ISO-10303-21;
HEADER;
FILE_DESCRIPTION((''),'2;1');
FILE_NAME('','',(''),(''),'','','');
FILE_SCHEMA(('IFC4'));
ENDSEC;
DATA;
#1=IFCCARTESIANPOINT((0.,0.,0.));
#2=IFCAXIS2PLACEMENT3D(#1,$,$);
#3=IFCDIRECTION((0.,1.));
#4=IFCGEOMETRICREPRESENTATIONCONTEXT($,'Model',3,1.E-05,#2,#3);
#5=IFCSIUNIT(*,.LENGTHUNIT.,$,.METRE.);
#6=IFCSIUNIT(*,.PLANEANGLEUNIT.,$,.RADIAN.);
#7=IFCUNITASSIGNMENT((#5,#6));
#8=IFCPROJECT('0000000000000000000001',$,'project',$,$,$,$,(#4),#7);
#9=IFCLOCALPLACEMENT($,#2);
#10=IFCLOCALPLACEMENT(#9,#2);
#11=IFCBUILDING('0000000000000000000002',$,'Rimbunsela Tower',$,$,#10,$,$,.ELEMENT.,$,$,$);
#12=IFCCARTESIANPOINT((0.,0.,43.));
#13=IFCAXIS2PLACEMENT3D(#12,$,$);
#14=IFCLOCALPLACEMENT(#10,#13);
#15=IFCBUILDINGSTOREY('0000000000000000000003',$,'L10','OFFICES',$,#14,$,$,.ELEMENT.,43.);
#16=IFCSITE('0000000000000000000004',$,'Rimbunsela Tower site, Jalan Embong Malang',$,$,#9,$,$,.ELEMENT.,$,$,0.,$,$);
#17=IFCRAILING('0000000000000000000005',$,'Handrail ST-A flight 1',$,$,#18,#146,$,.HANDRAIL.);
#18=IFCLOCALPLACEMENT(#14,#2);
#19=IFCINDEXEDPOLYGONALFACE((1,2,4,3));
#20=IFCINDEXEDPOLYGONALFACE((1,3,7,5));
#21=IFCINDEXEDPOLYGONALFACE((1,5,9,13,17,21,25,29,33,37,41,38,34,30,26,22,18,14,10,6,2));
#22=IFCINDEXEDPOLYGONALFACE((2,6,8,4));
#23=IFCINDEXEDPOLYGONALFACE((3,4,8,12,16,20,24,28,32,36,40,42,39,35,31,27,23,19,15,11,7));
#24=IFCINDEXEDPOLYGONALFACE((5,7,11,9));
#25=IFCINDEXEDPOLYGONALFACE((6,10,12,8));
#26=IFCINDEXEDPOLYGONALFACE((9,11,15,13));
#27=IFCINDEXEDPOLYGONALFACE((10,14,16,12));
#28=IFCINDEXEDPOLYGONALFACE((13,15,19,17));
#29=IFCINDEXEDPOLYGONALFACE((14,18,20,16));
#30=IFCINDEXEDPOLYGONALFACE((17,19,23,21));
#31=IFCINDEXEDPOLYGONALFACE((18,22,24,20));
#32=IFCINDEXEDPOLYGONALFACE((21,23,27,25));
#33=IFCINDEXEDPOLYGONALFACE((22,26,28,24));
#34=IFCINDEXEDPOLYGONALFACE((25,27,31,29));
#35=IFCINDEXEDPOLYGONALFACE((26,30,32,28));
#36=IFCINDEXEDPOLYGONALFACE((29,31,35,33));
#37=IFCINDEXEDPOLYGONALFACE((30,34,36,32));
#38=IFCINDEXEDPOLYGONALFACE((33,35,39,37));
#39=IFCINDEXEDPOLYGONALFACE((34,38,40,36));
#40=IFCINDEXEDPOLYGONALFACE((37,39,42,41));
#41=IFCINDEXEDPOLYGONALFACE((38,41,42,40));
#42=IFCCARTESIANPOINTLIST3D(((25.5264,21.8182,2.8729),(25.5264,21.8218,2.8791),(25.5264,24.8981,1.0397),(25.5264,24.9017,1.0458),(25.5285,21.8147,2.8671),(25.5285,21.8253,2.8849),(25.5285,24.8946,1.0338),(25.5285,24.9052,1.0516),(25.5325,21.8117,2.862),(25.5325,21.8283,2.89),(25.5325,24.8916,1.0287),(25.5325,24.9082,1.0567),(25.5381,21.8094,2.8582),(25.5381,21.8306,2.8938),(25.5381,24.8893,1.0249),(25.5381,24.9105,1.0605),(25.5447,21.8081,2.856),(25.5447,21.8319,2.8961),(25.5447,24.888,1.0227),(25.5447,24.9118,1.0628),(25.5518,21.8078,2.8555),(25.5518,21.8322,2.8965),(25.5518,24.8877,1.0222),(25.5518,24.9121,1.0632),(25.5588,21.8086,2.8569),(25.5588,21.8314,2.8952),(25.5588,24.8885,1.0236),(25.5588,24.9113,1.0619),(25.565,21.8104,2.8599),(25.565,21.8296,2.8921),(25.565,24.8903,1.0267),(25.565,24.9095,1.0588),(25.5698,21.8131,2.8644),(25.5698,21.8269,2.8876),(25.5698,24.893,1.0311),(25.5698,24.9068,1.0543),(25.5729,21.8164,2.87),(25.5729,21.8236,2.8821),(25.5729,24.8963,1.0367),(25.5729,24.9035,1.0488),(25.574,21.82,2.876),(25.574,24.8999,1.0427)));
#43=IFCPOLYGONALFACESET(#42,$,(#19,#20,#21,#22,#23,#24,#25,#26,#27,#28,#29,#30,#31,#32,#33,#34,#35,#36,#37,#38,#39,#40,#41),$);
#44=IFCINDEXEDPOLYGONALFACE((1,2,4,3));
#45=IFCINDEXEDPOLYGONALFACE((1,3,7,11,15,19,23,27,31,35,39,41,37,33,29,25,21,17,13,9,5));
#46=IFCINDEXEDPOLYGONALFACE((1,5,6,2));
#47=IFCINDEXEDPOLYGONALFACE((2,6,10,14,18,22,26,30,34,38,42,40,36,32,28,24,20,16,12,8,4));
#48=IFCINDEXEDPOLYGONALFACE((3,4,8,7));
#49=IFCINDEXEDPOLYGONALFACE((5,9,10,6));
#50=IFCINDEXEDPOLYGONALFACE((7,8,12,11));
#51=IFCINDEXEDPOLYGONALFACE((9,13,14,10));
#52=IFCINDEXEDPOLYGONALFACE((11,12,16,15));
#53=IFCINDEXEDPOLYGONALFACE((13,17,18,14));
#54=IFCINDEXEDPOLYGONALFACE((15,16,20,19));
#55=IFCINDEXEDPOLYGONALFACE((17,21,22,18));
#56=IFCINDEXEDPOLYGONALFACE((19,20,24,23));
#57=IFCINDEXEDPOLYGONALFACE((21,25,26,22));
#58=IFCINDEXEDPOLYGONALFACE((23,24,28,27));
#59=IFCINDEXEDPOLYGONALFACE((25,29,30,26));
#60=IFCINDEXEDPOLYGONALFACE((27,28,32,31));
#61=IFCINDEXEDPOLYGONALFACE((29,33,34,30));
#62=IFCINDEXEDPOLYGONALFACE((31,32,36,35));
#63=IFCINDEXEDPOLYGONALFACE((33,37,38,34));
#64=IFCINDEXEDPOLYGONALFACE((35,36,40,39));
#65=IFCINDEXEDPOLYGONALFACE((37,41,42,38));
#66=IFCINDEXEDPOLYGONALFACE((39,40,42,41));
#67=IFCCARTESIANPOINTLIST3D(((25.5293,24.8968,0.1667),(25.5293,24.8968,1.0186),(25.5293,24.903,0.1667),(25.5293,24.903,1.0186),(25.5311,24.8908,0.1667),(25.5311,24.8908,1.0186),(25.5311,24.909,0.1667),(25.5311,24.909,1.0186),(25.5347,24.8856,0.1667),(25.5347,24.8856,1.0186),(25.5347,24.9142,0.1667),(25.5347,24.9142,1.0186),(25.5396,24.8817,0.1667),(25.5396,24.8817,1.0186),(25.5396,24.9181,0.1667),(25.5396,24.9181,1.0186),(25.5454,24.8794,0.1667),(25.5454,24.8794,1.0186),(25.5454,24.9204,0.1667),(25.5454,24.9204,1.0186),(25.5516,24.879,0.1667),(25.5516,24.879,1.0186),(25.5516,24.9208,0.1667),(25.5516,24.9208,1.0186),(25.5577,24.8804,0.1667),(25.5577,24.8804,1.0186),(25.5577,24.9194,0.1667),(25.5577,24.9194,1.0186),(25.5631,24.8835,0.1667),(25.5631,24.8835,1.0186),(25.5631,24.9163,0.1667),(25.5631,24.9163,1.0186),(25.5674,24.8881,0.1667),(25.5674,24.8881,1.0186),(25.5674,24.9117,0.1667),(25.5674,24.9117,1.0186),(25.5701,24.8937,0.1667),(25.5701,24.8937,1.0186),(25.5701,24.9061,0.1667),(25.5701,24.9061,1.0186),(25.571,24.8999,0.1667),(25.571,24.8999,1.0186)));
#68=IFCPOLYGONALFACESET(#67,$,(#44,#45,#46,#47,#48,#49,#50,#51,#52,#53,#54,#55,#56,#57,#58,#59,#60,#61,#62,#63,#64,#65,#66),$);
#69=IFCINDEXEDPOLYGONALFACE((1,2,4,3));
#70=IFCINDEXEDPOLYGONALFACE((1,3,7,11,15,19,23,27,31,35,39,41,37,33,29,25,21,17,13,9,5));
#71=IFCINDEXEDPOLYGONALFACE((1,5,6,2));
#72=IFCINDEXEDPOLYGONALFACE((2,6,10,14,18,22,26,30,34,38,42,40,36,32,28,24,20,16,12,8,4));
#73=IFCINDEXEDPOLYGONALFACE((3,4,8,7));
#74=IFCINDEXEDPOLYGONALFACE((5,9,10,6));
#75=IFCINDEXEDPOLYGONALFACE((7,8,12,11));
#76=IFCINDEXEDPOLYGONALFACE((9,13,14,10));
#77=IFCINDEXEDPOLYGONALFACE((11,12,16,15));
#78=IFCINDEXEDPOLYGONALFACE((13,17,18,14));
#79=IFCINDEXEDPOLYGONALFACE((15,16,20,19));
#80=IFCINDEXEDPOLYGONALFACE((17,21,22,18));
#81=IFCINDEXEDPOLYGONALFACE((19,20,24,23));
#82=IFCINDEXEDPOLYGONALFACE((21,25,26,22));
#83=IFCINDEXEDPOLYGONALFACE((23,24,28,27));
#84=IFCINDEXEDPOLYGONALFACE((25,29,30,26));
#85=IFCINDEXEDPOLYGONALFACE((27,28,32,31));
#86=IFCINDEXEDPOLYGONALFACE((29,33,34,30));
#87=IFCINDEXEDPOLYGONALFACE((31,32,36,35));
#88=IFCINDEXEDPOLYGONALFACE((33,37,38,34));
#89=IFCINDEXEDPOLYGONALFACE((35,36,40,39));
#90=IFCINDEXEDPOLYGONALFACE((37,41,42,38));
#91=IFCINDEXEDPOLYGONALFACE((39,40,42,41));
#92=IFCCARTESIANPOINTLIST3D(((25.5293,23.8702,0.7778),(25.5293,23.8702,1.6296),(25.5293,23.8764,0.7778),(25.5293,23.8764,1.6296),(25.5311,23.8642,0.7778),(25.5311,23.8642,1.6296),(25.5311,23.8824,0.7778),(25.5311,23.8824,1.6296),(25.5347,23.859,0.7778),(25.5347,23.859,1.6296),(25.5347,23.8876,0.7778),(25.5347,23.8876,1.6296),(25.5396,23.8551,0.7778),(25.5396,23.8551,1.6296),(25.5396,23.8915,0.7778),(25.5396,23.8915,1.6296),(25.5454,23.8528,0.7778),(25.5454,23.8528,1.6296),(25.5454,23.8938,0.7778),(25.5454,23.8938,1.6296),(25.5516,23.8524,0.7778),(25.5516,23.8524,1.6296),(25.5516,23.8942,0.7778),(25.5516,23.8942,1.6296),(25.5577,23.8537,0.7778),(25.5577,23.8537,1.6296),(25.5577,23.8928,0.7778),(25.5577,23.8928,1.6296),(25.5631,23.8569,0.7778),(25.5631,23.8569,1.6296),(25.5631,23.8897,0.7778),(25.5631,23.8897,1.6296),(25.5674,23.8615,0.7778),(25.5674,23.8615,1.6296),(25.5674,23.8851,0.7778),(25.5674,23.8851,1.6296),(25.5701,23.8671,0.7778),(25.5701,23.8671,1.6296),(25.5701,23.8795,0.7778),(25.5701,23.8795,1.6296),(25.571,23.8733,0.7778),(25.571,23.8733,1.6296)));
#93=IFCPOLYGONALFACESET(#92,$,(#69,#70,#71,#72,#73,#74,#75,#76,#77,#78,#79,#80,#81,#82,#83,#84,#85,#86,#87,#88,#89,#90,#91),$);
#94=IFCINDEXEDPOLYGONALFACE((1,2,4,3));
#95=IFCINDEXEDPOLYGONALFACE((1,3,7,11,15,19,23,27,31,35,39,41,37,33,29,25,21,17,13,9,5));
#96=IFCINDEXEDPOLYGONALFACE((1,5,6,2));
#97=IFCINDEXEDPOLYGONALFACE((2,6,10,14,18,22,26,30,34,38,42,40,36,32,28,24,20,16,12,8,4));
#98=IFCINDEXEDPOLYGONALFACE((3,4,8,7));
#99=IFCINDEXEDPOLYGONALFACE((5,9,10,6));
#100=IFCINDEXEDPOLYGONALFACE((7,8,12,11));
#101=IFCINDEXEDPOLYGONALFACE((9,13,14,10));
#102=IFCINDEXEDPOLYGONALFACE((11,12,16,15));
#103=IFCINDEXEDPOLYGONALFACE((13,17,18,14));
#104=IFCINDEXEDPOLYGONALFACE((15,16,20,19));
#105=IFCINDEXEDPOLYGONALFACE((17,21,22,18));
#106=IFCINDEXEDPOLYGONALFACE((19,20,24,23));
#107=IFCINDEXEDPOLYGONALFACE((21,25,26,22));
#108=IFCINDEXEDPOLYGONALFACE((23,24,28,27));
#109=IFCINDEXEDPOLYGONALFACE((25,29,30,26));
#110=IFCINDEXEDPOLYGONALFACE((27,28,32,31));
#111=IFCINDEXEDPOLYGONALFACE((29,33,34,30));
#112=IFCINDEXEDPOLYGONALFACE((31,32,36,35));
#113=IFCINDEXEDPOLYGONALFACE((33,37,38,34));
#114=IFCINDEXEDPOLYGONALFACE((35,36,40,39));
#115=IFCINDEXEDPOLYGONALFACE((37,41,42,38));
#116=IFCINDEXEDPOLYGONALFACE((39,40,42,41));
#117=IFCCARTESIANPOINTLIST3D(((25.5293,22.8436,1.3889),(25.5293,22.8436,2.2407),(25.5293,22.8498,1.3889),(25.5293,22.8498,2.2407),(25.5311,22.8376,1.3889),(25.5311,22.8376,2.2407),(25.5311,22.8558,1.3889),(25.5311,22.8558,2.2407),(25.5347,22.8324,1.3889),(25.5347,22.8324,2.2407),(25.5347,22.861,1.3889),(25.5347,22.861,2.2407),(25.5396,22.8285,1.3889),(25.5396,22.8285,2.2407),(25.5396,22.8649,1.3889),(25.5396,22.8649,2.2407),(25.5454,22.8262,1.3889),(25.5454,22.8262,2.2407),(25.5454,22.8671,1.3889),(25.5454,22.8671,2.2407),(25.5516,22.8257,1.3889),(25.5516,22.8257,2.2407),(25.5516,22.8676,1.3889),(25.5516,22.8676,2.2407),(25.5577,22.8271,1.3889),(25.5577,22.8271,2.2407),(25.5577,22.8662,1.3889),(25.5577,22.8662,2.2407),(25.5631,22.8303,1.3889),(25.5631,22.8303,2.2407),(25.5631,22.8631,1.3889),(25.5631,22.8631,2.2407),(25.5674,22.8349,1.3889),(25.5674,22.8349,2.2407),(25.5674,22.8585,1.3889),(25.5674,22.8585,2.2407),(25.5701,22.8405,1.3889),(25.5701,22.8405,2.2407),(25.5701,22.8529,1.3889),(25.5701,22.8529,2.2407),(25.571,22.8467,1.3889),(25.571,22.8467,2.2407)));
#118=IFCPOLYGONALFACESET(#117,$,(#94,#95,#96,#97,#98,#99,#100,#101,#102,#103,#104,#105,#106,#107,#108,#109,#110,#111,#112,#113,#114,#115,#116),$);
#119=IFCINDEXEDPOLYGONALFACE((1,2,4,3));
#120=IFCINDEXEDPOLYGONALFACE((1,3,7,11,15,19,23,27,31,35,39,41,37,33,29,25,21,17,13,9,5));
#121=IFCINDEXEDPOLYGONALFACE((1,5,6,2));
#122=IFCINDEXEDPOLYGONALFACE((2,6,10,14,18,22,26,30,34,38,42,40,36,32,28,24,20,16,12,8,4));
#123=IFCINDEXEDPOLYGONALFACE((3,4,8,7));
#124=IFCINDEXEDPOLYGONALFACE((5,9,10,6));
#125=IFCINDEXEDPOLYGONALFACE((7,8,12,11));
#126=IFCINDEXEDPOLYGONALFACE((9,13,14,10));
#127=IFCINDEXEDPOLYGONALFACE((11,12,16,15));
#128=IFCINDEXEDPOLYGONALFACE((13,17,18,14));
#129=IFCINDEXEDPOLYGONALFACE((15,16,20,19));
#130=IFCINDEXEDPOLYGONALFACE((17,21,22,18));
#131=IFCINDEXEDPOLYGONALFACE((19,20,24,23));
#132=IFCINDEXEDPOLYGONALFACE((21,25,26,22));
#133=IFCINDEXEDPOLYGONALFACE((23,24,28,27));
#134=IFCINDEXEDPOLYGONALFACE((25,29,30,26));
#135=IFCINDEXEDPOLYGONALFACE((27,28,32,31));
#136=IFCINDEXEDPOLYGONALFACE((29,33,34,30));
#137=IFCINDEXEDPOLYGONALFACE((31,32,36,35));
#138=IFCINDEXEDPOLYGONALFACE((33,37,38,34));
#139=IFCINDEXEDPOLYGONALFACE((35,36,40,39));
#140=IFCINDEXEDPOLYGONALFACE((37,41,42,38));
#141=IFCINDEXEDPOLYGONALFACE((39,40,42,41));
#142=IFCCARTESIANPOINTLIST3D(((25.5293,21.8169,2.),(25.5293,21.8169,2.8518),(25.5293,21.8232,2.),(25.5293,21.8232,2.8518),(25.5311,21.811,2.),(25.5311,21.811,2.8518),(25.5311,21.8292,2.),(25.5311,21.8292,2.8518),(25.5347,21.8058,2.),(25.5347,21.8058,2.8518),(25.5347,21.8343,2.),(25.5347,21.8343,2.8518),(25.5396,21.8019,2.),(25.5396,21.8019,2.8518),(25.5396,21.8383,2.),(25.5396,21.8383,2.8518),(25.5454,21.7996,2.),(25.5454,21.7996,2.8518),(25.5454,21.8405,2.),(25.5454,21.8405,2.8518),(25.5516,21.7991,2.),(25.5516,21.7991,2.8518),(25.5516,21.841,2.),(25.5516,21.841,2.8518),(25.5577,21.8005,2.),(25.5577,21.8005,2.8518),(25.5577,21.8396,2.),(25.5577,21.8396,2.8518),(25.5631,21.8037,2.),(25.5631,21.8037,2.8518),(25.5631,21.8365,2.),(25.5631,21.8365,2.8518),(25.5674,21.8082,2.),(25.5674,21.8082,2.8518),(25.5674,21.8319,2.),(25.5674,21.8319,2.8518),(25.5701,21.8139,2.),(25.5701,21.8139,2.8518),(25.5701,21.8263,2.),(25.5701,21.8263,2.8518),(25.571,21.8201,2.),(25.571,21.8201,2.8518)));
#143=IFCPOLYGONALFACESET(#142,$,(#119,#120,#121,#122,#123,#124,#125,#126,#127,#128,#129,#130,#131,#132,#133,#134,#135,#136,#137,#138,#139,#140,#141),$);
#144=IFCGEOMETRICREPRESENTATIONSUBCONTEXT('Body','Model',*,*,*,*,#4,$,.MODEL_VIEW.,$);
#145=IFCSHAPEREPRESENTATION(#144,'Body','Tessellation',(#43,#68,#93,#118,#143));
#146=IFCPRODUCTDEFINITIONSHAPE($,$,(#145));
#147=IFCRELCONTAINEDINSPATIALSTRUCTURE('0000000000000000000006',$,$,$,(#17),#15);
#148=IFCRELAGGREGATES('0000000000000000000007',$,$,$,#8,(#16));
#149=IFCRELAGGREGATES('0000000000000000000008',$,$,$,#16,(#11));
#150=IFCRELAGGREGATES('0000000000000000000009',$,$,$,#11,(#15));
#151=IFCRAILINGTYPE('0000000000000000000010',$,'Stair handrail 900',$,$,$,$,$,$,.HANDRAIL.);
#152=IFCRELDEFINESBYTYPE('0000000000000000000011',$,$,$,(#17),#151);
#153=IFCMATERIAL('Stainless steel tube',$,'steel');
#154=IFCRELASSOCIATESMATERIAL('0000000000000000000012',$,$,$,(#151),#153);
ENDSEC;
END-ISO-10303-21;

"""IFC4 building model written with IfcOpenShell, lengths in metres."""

from ifc_helpers import new_model, si_unit, direction, frame, origin, origin_2d, place, context, subcontext, project, spatial, circle, extrude, material, type_object, element, save


model = new_model("IFC4")

# Units and contexts
model_context = context("Model", 3, precision=1e-05, world=origin(), true_north=direction((0.0, 1.0)))
body_context = subcontext(model_context, "Body", "Model", "MODEL_VIEW")
ifc_project = project(units=[si_unit("LENGTHUNIT", "METRE"), si_unit("PLANEANGLEUNIT", "RADIAN")], contexts=[model_context])

# Site, building, storey
site_placement = place(None, origin())
site = spatial("IfcSite", under=ifc_project, at=site_placement, Name="Rimbunsela Tower site, Jalan Embong Malang", CompositionType="ELEMENT", RefElevation=0.0)
building_placement = place(site_placement, origin())
building = spatial("IfcBuilding", under=site, at=building_placement, Name="Rimbunsela Tower", CompositionType="ELEMENT")
storey_placement = place(building_placement, frame((0.0, 0.0, 43.0)))
storey = spatial("IfcBuildingStorey", under=building, at=storey_placement, Name="L10", Description="OFFICES", CompositionType="ELEMENT", Elevation=43.0)

# Railing
ifc_material_1 = material(Name="Stainless steel tube", Category="steel")
railing_type = type_object("IfcRailingType", Name="Stair handrail 900", PredefinedType="HANDRAIL", material=ifc_material_1)
railing_1_placement = place(storey_placement, frame((25.55, 24.8999, 0.1667)))
element("IfcRailing", 1, at=railing_1_placement, inside=storey, type_object=railing_type, Name="Handrail ST-A flight 1", PredefinedType="HANDRAIL", context=body_context, shape_type="SweptSolid", body=[
    extrude(circle(Radius=0.0239, at=origin_2d()), frame((0.0, 0.0, 0.876), z_axis=(0.0, -0.859291, 0.511487), x_axis=(1.0, 0.0, 0.0)), (0.0, 0.0, 1.0), 3.5842),
    extrude(circle(Radius=0.021, at=origin_2d()), origin(), (0.0, 0.0, 1.0), 0.8518),
    extrude(circle(Radius=0.021, at=origin_2d()), frame((0.0, -1.0266, 0.6111)), (0.0, 0.0, 1.0), 0.8518),
    extrude(circle(Radius=0.021, at=origin_2d()), frame((0.0, -2.0532, 1.2222)), (0.0, 0.0, 1.0), 0.8518),
    extrude(circle(Radius=0.021, at=origin_2d()), frame((0.0, -3.0798, 1.8333)), (0.0, 0.0, 1.0), 0.8518),
])

save(model, "model.ifc")
